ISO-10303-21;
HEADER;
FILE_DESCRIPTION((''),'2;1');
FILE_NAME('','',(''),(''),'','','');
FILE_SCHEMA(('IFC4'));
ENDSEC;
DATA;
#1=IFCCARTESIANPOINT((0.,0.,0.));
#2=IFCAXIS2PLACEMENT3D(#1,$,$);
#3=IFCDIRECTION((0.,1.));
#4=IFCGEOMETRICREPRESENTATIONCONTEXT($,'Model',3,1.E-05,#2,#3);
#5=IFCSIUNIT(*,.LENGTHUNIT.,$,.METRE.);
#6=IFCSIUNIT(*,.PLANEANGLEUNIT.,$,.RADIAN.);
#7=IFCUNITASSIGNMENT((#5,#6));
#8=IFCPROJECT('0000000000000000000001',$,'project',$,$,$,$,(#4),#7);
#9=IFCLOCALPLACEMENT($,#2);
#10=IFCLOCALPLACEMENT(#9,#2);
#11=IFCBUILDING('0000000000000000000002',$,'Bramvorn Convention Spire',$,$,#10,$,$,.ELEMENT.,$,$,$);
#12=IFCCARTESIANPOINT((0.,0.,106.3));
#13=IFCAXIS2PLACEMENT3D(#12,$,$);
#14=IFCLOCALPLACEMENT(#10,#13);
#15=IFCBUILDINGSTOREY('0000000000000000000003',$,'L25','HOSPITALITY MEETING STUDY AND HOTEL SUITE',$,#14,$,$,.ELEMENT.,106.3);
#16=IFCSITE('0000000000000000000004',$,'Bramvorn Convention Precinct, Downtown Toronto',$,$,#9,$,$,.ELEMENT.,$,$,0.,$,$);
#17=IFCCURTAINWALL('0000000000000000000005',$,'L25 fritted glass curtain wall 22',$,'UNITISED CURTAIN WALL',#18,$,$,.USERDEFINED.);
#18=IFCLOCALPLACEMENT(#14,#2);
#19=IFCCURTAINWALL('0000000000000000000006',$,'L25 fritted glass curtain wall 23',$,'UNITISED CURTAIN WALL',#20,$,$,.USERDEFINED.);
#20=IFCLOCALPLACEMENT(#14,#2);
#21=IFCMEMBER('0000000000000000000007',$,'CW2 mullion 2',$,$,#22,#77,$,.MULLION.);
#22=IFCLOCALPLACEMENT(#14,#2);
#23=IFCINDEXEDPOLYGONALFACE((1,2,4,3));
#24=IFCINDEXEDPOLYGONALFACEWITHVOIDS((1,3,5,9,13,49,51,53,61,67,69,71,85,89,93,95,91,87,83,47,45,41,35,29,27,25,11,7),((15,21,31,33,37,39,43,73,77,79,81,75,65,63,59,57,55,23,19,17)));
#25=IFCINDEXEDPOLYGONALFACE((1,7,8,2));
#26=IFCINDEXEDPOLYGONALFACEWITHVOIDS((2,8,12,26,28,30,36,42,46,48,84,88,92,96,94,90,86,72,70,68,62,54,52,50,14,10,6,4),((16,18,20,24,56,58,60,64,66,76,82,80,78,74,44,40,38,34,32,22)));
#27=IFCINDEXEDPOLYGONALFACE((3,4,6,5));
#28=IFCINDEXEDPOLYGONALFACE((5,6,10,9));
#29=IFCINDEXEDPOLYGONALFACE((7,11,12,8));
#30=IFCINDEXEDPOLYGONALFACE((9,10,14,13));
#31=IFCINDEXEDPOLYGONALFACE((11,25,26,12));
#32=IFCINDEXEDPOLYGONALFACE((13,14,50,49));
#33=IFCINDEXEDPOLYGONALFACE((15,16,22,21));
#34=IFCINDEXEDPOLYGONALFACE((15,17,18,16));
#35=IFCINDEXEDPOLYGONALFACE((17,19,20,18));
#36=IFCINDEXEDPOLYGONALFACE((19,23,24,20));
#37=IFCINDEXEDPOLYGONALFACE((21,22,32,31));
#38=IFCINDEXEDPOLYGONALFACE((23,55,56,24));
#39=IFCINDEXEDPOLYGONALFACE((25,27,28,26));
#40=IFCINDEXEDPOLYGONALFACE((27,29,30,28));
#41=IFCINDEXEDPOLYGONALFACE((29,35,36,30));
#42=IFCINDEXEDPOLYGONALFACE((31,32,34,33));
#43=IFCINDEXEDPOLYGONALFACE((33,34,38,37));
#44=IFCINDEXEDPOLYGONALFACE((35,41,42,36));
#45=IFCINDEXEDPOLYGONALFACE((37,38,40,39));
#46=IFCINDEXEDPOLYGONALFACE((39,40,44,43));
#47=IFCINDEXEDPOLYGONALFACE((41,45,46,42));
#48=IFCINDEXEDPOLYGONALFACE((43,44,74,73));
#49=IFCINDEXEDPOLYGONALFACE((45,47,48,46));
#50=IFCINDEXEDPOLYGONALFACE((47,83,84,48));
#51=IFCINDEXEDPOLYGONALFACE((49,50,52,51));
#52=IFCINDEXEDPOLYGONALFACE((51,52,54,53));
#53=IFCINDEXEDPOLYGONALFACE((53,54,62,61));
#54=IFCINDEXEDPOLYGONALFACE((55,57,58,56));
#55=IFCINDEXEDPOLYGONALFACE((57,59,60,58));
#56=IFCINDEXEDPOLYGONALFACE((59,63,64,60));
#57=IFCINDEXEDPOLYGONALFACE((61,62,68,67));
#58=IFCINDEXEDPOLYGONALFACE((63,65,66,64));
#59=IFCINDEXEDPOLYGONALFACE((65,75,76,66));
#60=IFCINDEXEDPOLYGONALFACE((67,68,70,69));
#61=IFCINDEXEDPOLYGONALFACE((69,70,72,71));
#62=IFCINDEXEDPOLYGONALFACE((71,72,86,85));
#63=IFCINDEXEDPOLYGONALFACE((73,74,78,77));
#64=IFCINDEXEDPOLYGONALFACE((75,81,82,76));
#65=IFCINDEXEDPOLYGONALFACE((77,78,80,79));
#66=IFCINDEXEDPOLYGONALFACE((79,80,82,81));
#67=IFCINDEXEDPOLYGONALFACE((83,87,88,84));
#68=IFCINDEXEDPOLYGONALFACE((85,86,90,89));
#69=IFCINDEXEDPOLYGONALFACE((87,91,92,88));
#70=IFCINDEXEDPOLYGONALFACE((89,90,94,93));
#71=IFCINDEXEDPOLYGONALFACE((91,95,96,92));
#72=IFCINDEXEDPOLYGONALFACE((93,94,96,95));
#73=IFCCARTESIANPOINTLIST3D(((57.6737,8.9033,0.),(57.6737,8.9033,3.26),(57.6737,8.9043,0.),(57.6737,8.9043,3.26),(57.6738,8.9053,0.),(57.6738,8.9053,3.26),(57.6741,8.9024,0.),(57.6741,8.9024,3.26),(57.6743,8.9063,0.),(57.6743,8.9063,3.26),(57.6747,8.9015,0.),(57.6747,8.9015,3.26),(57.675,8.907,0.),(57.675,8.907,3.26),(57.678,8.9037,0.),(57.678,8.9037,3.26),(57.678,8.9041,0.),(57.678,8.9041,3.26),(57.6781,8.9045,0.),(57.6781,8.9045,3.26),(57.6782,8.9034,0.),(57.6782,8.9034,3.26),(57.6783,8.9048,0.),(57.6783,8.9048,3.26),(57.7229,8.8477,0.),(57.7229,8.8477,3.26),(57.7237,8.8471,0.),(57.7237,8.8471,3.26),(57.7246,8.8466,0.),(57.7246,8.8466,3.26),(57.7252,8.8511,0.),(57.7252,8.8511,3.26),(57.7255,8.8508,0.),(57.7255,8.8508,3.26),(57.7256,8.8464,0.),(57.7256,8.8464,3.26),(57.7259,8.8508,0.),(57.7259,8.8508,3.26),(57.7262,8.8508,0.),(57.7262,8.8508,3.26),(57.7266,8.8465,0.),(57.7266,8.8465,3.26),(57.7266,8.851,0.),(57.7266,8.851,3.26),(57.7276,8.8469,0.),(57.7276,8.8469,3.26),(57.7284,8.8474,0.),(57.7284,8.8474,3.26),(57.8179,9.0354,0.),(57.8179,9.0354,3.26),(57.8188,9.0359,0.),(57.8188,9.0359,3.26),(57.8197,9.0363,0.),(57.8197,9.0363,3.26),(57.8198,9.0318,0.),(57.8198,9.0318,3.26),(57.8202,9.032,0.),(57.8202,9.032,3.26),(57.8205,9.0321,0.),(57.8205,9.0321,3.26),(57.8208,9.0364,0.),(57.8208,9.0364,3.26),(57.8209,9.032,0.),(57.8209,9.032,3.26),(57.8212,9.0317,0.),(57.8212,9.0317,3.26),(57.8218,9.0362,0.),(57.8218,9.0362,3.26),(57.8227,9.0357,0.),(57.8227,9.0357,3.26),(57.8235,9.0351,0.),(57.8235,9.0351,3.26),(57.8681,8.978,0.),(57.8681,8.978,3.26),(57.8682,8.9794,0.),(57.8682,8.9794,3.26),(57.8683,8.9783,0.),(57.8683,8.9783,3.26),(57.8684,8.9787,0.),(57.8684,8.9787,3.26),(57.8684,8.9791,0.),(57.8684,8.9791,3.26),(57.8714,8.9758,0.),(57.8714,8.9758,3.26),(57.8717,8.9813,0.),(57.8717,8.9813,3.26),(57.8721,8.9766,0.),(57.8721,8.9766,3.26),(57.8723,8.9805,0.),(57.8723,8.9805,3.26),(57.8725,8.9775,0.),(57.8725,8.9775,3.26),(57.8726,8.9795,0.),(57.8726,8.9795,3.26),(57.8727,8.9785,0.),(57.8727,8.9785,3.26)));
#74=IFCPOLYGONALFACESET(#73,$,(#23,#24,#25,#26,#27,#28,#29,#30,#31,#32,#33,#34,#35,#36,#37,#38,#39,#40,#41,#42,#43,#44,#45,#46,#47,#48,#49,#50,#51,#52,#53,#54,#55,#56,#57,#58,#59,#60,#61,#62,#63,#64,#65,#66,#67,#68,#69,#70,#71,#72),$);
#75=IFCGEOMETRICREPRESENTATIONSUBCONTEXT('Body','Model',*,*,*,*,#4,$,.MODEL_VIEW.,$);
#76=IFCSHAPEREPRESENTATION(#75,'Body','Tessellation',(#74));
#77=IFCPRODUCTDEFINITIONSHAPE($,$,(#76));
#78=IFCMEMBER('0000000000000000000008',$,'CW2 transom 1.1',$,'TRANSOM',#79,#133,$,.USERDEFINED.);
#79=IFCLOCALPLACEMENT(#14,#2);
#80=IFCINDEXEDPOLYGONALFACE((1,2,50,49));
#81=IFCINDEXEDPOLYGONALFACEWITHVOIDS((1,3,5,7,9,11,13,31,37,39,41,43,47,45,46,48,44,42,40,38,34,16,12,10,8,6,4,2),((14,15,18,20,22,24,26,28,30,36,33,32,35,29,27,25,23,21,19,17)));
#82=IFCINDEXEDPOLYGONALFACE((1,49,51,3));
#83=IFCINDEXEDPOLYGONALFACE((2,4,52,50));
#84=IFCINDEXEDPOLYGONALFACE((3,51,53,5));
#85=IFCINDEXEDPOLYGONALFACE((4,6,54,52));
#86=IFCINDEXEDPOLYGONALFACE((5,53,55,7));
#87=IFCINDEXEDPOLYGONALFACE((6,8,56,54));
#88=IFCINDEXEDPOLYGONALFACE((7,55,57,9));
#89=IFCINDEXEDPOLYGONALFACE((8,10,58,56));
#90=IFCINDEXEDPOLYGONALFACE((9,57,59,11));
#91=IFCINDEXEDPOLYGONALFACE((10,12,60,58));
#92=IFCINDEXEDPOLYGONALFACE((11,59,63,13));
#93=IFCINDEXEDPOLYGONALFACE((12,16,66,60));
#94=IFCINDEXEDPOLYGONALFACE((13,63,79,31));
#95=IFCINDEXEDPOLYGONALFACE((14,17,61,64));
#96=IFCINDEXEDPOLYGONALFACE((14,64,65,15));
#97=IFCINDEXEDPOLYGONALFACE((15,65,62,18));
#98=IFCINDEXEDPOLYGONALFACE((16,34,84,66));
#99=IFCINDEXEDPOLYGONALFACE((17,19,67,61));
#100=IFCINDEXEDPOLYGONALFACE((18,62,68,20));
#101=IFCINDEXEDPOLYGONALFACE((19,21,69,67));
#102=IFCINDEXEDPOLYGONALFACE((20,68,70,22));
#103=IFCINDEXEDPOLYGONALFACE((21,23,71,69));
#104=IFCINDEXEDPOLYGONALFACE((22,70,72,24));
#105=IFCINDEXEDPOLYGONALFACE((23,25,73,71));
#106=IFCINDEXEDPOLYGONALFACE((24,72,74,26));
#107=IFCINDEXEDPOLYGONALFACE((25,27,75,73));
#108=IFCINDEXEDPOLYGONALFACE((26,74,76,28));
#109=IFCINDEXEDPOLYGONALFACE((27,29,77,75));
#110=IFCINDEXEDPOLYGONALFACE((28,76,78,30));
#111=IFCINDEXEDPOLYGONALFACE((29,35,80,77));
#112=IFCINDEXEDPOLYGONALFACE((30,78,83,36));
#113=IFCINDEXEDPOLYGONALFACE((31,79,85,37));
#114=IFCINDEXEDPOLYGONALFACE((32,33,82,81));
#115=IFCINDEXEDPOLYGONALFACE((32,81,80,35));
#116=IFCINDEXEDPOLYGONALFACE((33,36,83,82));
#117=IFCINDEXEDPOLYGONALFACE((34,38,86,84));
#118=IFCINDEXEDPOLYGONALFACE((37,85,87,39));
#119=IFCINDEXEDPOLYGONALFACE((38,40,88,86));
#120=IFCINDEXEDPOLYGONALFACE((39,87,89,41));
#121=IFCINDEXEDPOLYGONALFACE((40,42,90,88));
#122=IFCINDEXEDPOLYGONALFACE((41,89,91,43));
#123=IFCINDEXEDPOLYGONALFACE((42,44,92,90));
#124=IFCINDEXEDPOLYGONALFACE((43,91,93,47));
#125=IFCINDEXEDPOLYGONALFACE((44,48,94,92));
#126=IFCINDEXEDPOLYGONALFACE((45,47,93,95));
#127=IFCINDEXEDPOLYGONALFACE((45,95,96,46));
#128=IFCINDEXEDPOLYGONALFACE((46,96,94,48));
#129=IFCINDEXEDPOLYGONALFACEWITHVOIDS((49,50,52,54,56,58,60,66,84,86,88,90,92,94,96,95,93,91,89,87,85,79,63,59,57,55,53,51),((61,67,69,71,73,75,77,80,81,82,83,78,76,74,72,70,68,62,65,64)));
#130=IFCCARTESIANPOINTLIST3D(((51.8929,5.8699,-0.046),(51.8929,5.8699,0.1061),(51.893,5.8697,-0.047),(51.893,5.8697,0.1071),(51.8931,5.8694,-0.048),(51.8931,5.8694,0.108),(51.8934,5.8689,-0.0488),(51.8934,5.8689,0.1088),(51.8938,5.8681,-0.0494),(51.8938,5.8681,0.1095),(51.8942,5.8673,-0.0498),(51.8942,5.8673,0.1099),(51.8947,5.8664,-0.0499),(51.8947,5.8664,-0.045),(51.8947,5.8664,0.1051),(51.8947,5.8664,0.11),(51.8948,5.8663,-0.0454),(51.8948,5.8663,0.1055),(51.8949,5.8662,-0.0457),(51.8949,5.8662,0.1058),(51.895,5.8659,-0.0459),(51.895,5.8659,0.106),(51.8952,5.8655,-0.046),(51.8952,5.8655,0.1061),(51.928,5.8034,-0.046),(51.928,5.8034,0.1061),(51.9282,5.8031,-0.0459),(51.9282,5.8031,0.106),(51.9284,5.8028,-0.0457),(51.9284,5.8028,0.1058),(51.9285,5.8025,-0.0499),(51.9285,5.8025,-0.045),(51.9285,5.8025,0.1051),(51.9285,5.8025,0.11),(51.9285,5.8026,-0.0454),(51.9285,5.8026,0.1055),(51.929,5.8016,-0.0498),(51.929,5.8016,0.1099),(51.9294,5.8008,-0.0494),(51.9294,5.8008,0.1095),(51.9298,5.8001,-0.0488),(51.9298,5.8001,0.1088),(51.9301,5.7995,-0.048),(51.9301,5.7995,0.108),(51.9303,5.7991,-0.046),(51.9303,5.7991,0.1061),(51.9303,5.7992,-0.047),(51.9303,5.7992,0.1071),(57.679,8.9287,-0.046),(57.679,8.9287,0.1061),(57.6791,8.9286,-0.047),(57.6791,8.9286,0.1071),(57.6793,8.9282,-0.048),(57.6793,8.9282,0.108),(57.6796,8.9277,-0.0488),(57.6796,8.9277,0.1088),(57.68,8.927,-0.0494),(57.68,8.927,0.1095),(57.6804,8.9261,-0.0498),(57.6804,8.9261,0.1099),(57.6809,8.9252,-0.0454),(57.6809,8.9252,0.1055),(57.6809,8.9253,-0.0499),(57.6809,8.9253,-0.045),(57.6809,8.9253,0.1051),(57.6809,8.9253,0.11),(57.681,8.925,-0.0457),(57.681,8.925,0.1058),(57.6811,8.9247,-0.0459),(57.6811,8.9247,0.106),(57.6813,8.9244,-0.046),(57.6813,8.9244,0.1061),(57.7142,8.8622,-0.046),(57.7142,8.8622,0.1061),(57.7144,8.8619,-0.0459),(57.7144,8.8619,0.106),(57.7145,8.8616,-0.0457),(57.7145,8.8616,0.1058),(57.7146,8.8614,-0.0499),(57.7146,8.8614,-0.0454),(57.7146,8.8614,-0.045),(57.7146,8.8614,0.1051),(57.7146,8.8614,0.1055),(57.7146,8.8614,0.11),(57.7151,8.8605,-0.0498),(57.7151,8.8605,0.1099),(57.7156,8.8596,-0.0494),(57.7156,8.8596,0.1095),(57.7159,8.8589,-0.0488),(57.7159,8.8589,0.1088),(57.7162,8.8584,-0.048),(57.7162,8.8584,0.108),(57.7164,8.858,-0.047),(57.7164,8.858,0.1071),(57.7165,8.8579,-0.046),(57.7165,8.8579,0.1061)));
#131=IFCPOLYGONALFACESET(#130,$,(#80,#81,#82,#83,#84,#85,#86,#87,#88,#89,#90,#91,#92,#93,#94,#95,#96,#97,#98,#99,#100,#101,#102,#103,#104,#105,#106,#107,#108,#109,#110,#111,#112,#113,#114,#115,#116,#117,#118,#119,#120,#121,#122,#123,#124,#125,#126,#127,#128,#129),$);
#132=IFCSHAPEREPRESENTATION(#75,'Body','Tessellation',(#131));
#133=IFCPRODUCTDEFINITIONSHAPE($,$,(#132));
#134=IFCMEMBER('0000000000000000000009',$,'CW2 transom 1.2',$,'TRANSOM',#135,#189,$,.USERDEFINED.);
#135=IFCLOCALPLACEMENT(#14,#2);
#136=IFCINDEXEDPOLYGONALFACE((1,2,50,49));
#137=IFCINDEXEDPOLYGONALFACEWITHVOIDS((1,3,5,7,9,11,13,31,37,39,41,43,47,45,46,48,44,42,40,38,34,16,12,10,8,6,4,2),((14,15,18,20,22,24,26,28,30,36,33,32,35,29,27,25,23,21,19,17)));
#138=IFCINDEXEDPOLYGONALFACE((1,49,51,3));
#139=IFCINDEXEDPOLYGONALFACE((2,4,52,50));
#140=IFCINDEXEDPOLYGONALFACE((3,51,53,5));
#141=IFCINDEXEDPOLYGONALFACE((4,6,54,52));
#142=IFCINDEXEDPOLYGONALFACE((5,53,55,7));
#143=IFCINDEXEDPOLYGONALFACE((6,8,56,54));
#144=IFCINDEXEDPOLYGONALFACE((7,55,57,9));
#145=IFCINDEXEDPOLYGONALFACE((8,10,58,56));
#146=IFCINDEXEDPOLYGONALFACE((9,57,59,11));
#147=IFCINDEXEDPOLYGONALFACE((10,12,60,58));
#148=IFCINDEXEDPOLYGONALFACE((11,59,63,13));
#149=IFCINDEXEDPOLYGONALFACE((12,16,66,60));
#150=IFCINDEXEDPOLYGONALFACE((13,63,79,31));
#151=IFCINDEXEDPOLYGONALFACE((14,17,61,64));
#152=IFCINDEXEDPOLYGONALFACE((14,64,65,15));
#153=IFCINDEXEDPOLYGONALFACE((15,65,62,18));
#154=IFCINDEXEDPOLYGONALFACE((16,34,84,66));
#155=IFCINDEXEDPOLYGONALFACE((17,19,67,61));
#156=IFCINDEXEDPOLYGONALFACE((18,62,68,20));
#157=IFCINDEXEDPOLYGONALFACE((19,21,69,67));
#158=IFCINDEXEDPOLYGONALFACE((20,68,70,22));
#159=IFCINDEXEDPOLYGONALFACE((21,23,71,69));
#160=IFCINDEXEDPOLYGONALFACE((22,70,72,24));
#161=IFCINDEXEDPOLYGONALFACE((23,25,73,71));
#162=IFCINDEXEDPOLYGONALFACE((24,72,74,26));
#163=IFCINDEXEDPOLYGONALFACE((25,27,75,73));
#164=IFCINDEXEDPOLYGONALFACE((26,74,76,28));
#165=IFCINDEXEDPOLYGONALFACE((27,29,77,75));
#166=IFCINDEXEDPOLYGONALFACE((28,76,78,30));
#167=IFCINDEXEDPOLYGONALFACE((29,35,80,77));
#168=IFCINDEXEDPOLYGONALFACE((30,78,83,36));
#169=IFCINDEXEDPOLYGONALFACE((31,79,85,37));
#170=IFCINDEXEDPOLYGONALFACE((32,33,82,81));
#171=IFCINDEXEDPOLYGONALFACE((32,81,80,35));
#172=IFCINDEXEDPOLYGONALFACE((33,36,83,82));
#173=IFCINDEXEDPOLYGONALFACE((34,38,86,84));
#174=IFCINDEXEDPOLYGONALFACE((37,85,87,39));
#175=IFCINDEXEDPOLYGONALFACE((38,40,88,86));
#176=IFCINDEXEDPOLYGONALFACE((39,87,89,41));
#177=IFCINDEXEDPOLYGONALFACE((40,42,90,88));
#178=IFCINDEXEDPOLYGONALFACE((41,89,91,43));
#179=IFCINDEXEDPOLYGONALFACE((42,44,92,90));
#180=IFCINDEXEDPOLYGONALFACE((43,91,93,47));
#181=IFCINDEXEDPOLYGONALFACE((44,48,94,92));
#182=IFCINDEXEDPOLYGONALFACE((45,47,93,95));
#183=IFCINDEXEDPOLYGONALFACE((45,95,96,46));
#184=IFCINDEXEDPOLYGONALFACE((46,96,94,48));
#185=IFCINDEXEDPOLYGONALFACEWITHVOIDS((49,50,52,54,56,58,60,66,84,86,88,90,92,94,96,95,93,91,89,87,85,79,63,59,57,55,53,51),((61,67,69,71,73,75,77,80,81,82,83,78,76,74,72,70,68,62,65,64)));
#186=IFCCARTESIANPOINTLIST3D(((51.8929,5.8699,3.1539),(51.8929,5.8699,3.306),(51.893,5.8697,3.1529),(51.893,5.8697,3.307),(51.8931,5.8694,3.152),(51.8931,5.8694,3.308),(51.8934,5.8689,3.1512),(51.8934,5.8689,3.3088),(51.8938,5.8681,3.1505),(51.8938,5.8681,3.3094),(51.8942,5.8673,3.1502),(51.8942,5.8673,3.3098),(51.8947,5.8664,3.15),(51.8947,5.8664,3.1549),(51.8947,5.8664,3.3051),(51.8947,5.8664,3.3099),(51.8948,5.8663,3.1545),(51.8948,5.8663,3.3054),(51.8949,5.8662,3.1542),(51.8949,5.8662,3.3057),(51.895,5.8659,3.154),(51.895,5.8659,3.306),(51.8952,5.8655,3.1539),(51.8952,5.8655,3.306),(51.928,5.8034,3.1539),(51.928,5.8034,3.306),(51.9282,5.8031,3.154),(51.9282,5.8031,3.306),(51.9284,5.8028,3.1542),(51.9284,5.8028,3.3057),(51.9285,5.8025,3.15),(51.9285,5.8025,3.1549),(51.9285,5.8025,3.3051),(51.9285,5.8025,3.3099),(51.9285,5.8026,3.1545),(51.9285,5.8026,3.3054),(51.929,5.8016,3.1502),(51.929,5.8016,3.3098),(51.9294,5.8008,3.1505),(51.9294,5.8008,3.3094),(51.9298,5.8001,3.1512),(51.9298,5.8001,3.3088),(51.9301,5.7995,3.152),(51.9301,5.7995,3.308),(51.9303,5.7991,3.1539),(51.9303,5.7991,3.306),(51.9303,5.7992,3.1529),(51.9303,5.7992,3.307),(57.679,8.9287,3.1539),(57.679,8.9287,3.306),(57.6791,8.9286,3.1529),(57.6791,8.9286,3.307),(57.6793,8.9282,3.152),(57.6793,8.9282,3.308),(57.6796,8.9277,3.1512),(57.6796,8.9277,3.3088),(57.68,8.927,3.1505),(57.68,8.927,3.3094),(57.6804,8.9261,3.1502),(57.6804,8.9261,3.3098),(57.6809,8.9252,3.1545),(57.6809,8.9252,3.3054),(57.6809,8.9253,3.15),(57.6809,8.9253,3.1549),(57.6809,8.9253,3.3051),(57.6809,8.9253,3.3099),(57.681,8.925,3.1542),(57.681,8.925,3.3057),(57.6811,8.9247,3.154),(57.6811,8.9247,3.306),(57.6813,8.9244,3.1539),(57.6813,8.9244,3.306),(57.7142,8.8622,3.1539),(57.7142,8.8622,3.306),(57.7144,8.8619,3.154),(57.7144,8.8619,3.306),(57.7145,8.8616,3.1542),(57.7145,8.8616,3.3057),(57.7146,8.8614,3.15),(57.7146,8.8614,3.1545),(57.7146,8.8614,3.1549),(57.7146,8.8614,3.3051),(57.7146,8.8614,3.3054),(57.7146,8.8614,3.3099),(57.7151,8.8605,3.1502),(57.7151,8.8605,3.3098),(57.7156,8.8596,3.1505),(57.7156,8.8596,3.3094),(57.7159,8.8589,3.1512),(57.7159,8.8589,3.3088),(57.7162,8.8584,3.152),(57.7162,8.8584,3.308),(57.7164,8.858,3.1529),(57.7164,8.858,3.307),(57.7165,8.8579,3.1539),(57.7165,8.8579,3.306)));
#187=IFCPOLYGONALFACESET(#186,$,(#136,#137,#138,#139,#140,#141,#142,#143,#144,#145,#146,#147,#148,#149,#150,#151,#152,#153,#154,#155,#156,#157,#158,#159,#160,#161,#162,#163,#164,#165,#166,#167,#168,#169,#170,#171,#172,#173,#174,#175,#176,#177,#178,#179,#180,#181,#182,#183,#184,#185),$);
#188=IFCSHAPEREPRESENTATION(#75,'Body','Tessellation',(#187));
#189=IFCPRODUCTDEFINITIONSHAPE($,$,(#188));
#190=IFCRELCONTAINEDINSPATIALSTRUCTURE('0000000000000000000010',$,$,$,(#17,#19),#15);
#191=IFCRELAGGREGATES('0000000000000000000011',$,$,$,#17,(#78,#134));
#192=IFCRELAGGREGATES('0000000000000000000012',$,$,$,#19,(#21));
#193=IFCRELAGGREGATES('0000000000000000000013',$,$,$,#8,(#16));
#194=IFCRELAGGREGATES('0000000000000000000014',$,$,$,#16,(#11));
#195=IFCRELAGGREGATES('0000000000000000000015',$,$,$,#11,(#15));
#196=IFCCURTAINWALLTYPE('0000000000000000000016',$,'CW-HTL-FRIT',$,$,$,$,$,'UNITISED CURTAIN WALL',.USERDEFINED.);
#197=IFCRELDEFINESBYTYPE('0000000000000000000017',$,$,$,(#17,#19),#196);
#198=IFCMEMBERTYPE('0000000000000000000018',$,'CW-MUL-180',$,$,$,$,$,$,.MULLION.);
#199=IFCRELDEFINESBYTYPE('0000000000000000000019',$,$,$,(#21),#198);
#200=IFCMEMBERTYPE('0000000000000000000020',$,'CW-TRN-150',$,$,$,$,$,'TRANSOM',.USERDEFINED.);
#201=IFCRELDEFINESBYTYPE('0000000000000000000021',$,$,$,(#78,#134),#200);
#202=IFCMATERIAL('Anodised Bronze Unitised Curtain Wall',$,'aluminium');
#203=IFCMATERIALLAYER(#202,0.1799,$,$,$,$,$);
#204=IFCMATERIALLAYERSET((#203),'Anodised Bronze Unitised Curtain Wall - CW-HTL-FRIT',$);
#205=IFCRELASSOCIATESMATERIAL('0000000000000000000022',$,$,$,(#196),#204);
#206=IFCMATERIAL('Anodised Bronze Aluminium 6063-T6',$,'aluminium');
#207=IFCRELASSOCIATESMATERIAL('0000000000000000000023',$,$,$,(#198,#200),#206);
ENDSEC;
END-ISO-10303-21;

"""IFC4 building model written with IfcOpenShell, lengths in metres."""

from ifc_helpers import new_model, si_unit, direction, frame, origin, origin_2d, place, context, subcontext, project, spatial, hollow_rectangle, extrude, material, layer, layer_set, material_profile, profile_set, type_object, element, aggregate, save


model = new_model("IFC4")

# Units and contexts
model_context = context("Model", 3, precision=1e-05, world=origin(), true_north=direction((0.0, 1.0)))
body_context = subcontext(model_context, "Body", "Model", "MODEL_VIEW")
ifc_project = project(units=[si_unit("LENGTHUNIT", "METRE"), si_unit("PLANEANGLEUNIT", "RADIAN")], contexts=[model_context])

# Site, building, storey
site_placement = place(None, origin())
site = spatial("IfcSite", under=ifc_project, at=site_placement, Name="Bramvorn Convention Precinct, Downtown Toronto", CompositionType="ELEMENT", RefElevation=0.0)
building_placement = place(site_placement, origin())
building = spatial("IfcBuilding", under=site, at=building_placement, Name="Bramvorn Convention Spire", CompositionType="ELEMENT")
storey_placement = place(building_placement, frame((0.0, 0.0, 106.3)))
storey = spatial("IfcBuildingStorey", under=building, at=storey_placement, Name="L25", Description="HOSPITALITY MEETING STUDY AND HOTEL SUITE", CompositionType="ELEMENT", Elevation=106.3)

# Curtain wall
ifc_material_1 = material(Name="Anodised Bronze Unitised Curtain Wall", Category="aluminium")
ifc_layer_1 = layer(ifc_material_1, 0.1799)
ifc_layer_set_1 = layer_set([ifc_layer_1], Name="Anodised Bronze Unitised Curtain Wall - CW-HTL-FRIT")
curtain_wall_type = type_object("IfcCurtainWallType", Name="CW-HTL-FRIT", ElementType="UNITISED CURTAIN WALL", PredefinedType="USERDEFINED", material=ifc_layer_set_1)
curtain_wall_1_placement = place(storey_placement, origin())
curtain_wall_1 = element("IfcCurtainWall", 1, at=curtain_wall_1_placement, inside=storey, type_object=curtain_wall_type, Name="L25 fritted glass curtain wall 22", ObjectType="UNITISED CURTAIN WALL", PredefinedType="USERDEFINED")
ifc_material_2 = material(Name="Anodised Bronze Aluminium 6063-T6", Category="aluminium")
ifc_material_profile_1 = material_profile(ifc_material_2, hollow_rectangle(XDim=0.0801, YDim=0.2, WallThickness=0.0039, InnerFilletRadius=0.001, OuterFilletRadius=0.0039, at=origin_2d()))
ifc_profile_set_1 = profile_set([ifc_material_profile_1], Name="Anodised Bronze Aluminium 6063-T6 - CWM80X200")
member_type_1 = type_object("IfcMemberType", Name="CW-MUL-180", PredefinedType="MULLION", material=ifc_profile_set_1)

# Curtain wall, member
curtain_wall_2_placement = place(storey_placement, origin())
curtain_wall_2 = element("IfcCurtainWall", 2, at=curtain_wall_2_placement, inside=storey, type_object=curtain_wall_type, Name="L25 fritted glass curtain wall 23", ObjectType="UNITISED CURTAIN WALL", PredefinedType="USERDEFINED")
member_1_placement = place(storey_placement, frame((57.7732, 8.9414, 0.0), z_axis=(0.0, 0.0, 1.0), x_axis=(0.667934, -0.744221, 0.0)))
member_1 = element("IfcMember", 3, at=member_1_placement, type_object=member_type_1, Name="CW2 mullion 2", PredefinedType="MULLION", context=body_context, shape_type="SweptSolid", body=[
    extrude(hollow_rectangle(XDim=0.0801, YDim=0.2, WallThickness=0.0039, InnerFilletRadius=0.001, OuterFilletRadius=0.0039, at=origin_2d()), origin(), (0.0, 0.0, 1.0), 3.26),
])

# Members
ifc_material_profile_2 = material_profile(ifc_material_2, hollow_rectangle(XDim=0.0801, YDim=0.1599, WallThickness=0.0039, InnerFilletRadius=0.001, OuterFilletRadius=0.0039, at=origin_2d()))
ifc_profile_set_2 = profile_set([ifc_material_profile_2], Name="Anodised Bronze Aluminium 6063-T6 - CWT80X160")
member_type_2 = type_object("IfcMemberType", Name="CW-TRN-150", ElementType="TRANSOM", PredefinedType="USERDEFINED", material=ifc_profile_set_2)
member_2_placement = place(storey_placement, frame((57.6978, 8.8933, 0.03), z_axis=(-0.884066, -0.467361, 0.0), x_axis=(0.467361, -0.884066, 0.0)))
member_2 = element("IfcMember", 4, at=member_2_placement, type_object=member_type_2, Name="CW2 transom 1.1", ObjectType="TRANSOM", PredefinedType="USERDEFINED", context=body_context, shape_type="SweptSolid", body=[
    extrude(hollow_rectangle(XDim=0.0801, YDim=0.1599, WallThickness=0.0039, InnerFilletRadius=0.001, OuterFilletRadius=0.0039, at=origin_2d()), origin(), (0.0, 0.0, 1.0), 6.5449),
])
member_3_placement = place(storey_placement, frame((57.6978, 8.8933, 3.23), z_axis=(-0.884066, -0.467361, 0.0), x_axis=(0.467361, -0.884066, 0.0)))
member_3 = element("IfcMember", 5, at=member_3_placement, type_object=member_type_2, Name="CW2 transom 1.2", ObjectType="TRANSOM", PredefinedType="USERDEFINED", context=body_context, shape_type="SweptSolid", body=[
    extrude(hollow_rectangle(XDim=0.0801, YDim=0.1599, WallThickness=0.0039, InnerFilletRadius=0.001, OuterFilletRadius=0.0039, at=origin_2d()), origin(), (0.0, 0.0, 1.0), 6.5449),
])
aggregate(curtain_wall_1, [member_2, member_3])

aggregate(curtain_wall_2, [member_1])

save(model, "model.ifc")
